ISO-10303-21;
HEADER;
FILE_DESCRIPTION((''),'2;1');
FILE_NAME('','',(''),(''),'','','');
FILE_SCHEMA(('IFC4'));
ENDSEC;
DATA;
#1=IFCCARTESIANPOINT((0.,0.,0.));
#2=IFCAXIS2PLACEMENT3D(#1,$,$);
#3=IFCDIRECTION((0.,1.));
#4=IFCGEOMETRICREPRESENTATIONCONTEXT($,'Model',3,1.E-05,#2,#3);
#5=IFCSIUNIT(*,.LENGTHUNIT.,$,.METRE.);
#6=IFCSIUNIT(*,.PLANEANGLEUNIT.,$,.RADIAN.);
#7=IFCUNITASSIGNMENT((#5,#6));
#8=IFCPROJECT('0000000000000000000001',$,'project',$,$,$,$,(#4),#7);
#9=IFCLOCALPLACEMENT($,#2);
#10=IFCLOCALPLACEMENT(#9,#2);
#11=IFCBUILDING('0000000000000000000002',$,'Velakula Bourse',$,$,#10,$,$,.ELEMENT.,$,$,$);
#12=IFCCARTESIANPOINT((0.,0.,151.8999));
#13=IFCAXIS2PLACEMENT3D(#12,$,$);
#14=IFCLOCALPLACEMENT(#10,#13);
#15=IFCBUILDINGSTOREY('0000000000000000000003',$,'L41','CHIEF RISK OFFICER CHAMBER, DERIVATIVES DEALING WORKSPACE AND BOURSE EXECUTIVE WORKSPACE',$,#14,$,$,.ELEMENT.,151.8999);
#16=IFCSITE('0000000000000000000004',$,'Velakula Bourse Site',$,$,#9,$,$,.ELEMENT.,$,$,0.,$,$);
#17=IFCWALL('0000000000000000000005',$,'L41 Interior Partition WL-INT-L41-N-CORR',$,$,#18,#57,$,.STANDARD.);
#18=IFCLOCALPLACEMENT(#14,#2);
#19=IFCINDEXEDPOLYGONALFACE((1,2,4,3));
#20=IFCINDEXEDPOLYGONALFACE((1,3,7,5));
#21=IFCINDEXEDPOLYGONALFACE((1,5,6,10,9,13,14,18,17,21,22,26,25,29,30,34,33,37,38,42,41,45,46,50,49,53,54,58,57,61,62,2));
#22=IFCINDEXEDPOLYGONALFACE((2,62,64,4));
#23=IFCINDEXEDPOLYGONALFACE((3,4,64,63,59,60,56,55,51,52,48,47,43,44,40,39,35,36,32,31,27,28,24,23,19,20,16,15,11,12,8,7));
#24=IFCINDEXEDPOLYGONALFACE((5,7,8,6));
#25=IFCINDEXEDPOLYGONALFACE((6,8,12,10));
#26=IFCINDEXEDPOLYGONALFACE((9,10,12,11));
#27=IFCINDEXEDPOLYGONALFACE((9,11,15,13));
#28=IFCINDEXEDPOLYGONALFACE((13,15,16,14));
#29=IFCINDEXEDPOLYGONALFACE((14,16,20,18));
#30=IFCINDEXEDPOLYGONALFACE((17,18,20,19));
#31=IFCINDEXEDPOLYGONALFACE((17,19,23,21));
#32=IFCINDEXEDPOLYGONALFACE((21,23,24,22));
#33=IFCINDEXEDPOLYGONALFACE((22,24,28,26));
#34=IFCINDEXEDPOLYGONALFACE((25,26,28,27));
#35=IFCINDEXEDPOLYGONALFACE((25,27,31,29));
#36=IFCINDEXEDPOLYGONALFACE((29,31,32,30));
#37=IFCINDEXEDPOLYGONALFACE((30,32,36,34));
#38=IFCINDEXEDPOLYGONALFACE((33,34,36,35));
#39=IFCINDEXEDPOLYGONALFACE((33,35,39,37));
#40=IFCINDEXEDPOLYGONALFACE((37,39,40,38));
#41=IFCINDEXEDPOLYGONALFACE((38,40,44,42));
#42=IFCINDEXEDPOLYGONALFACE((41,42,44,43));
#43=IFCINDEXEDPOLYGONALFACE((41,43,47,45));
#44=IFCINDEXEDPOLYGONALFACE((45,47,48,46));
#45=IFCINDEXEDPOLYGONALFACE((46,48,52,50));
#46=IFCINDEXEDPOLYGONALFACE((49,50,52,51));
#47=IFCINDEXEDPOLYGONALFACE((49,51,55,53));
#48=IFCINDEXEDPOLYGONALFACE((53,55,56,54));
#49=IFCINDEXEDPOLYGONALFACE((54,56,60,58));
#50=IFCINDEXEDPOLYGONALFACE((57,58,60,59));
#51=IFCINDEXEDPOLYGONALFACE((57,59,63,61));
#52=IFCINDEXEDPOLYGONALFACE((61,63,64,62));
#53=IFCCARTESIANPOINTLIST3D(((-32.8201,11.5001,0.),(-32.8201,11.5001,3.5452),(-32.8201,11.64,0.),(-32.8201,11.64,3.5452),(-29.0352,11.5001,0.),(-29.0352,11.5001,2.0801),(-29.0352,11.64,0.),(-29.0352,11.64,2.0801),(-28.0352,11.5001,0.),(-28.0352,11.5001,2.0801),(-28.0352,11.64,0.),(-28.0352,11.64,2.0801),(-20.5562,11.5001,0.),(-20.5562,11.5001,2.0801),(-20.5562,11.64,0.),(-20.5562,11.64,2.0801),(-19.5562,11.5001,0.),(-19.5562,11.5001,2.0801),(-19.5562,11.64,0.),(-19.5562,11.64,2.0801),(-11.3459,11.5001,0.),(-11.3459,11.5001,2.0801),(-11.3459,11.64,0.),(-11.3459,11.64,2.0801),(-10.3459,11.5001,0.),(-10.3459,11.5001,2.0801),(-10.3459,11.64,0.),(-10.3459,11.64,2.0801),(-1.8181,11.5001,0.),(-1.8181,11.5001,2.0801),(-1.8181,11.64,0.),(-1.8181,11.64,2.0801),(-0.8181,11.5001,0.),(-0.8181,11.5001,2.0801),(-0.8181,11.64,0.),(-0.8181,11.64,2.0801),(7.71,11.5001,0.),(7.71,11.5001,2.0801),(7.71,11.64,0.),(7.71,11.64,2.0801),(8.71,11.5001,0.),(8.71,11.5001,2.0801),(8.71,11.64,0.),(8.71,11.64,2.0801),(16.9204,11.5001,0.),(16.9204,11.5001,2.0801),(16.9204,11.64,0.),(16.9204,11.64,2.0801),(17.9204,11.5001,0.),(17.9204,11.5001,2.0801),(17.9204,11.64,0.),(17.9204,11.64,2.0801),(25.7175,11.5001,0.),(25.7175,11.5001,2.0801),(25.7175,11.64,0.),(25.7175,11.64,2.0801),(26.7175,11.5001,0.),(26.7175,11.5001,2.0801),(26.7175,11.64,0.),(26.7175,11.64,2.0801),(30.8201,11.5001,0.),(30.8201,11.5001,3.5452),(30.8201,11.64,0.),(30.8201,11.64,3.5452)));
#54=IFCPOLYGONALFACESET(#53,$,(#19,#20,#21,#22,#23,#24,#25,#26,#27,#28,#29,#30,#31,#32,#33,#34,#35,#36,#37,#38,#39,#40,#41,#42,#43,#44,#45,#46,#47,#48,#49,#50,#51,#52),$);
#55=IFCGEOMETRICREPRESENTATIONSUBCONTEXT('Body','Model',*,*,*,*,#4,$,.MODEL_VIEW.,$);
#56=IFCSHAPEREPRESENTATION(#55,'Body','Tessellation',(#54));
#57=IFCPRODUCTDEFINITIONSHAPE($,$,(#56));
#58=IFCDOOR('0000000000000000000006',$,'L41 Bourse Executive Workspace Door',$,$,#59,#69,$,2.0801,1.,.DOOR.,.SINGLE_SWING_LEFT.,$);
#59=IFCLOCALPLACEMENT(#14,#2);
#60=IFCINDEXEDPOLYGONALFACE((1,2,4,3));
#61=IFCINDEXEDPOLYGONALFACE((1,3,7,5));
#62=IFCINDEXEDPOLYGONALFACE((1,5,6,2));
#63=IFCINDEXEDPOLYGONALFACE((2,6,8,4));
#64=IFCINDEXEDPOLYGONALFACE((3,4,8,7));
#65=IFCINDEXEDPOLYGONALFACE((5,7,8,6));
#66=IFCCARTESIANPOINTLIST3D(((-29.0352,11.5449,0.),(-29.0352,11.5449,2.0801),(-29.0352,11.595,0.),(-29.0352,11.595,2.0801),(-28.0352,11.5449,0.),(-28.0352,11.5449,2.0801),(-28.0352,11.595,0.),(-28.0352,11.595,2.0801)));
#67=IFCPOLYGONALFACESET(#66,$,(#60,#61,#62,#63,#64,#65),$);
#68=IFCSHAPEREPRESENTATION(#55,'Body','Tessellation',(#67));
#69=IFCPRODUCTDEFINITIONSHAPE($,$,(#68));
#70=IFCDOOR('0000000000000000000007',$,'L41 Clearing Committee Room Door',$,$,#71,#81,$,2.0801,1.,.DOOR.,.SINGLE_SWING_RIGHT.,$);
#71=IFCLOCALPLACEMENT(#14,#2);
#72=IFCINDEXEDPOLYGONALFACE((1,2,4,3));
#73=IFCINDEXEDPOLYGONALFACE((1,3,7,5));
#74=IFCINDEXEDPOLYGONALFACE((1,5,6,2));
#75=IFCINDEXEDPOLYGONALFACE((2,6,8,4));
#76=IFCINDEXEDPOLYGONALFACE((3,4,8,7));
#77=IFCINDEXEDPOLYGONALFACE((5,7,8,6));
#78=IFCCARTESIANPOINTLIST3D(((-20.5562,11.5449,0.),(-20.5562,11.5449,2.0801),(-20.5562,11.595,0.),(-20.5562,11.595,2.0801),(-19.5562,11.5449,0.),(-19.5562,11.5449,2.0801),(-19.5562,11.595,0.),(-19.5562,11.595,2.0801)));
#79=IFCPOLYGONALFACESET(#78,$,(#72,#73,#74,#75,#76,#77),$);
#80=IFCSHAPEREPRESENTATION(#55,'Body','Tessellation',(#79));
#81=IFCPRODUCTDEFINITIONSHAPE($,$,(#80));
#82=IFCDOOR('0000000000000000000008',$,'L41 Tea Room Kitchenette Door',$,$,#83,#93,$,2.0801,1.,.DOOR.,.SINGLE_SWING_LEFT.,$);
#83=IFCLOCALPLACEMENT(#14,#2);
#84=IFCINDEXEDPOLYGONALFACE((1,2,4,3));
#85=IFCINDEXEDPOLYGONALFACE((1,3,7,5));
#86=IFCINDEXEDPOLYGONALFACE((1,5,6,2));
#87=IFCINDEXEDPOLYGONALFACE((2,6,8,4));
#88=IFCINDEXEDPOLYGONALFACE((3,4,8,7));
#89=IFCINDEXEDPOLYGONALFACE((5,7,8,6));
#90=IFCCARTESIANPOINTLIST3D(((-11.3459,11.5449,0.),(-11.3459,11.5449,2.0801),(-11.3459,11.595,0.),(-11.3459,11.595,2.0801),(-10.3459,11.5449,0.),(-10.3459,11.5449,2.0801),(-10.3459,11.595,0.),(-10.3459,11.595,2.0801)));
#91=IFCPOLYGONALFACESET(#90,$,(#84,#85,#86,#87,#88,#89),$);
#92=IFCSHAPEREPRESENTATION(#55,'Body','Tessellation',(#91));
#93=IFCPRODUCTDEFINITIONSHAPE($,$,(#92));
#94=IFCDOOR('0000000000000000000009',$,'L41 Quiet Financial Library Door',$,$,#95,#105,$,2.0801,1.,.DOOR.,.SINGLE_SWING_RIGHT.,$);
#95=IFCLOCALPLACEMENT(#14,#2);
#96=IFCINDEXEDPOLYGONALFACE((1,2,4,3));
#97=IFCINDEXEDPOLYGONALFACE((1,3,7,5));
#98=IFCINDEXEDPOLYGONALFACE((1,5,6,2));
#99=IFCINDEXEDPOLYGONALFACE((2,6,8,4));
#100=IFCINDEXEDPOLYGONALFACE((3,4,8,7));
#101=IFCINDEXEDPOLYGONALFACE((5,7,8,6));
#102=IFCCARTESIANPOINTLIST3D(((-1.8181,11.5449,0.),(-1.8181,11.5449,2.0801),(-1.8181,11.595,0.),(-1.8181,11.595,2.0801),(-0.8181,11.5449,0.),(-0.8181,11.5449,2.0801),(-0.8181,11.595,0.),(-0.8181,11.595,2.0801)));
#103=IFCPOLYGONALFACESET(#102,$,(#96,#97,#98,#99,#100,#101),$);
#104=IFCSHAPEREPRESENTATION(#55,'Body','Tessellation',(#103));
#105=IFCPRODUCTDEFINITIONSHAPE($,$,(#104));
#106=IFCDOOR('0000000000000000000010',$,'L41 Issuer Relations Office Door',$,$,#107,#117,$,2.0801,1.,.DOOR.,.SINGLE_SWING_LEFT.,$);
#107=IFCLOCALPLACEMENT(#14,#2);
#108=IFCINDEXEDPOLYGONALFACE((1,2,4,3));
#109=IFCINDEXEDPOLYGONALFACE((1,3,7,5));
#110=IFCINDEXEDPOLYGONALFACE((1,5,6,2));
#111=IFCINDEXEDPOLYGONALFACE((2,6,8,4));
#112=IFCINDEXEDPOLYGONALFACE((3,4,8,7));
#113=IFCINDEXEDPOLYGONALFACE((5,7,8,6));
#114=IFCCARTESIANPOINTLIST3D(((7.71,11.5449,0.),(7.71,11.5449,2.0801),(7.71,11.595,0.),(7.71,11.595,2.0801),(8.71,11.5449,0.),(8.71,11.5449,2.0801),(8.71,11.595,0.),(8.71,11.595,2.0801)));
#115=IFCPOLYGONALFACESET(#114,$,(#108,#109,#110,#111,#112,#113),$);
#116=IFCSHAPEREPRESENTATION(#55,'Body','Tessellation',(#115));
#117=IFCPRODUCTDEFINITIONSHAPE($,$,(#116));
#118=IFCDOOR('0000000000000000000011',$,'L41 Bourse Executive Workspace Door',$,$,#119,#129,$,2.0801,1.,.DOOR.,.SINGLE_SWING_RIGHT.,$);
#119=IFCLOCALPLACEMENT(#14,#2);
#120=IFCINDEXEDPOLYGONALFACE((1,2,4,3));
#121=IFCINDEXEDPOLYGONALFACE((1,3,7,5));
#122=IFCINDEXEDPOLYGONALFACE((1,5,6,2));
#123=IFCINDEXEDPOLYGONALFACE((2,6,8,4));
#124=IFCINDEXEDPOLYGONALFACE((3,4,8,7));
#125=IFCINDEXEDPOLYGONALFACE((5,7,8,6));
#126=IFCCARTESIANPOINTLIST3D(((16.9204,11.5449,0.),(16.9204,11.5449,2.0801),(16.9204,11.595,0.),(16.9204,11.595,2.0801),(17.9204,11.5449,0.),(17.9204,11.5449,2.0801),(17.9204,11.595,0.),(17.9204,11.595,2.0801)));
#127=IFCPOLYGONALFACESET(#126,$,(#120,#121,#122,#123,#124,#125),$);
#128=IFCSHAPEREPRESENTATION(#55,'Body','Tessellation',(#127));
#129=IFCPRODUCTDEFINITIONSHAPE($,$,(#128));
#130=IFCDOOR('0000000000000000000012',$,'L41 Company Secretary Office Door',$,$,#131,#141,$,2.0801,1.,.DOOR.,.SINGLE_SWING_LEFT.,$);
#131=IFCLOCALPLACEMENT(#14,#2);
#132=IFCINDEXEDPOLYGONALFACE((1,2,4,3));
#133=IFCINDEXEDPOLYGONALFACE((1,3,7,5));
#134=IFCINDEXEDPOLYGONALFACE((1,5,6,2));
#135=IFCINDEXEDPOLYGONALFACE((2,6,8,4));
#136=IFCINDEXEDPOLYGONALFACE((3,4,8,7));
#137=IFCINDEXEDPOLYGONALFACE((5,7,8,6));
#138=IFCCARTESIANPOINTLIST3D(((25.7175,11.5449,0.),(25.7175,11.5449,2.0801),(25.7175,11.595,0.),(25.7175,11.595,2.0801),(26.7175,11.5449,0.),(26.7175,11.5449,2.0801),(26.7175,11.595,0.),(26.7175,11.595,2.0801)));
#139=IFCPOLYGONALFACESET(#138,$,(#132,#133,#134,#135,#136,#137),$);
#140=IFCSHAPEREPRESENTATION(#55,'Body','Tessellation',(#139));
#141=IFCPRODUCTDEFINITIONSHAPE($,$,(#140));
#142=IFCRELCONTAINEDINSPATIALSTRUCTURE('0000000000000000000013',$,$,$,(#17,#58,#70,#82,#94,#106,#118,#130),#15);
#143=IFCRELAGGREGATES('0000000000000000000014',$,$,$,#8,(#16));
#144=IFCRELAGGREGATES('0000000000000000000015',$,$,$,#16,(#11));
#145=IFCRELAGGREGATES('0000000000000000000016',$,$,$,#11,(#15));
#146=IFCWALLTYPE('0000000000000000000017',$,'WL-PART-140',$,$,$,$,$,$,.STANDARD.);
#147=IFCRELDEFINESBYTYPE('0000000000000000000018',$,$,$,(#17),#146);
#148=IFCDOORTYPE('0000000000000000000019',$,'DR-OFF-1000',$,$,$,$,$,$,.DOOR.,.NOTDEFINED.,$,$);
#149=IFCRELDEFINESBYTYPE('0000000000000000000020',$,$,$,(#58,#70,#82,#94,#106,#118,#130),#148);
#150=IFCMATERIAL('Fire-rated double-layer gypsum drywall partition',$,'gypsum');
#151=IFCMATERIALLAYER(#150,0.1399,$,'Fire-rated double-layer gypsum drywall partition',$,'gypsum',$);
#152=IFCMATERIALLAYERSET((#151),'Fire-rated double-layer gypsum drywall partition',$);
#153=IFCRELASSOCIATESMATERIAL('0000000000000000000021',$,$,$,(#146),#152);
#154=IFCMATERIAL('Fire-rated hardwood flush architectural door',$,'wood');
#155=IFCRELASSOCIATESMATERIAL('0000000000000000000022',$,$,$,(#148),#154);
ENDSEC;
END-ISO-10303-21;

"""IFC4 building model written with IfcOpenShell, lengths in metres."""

from ifc_helpers import new_model, si_unit, direction, frame, frame_2d, origin, place, context, subcontext, project, spatial, rectangle, extrude, material, layer, layer_set, type_object, element, fill, save


model = new_model("IFC4")

# Units and contexts
model_context = context("Model", 3, precision=1e-05, world=origin(), true_north=direction((0.0, 1.0)))
body_context = subcontext(model_context, "Body", "Model", "MODEL_VIEW")
ifc_project = project(units=[si_unit("LENGTHUNIT", "METRE"), si_unit("PLANEANGLEUNIT", "RADIAN")], contexts=[model_context])

# Site, building, storey
site_placement = place(None, origin())
site = spatial("IfcSite", under=ifc_project, at=site_placement, Name="Velakula Bourse Site", CompositionType="ELEMENT", RefElevation=0.0)
building_placement = place(site_placement, origin())
building = spatial("IfcBuilding", under=site, at=building_placement, Name="Velakula Bourse", CompositionType="ELEMENT")
storey_placement = place(building_placement, frame((0.0, 0.0, 151.8999)))
storey = spatial("IfcBuildingStorey", under=building, at=storey_placement, Name="L41", Description="CHIEF RISK OFFICER CHAMBER, DERIVATIVES DEALING WORKSPACE AND BOURSE EXECUTIVE WORKSPACE", CompositionType="ELEMENT", Elevation=151.8999)

# Shared definitions
ifc_material_1 = material(Name="Fire-rated double-layer gypsum drywall partition", Category="gypsum")

# Wall, openings, doors
ifc_layer_1 = layer(ifc_material_1, 0.1399, Name="Fire-rated double-layer gypsum drywall partition", Category="gypsum")
ifc_layer_set_1 = layer_set([ifc_layer_1], Name="Fire-rated double-layer gypsum drywall partition")
wall_type_1 = type_object("IfcWallType", Name="WL-PART-140", PredefinedType="STANDARD", material=ifc_layer_set_1)
wall_1_placement = place(storey_placement, frame((-32.8201, 11.5701, 0.0), z_axis=(0.0, 0.0, 1.0), x_axis=(1.0, 0.0, 0.0)))
wall_1 = element("IfcWall", 1, at=wall_1_placement, inside=storey, type_object=wall_type_1, Name="L41 Interior Partition WL-INT-L41-N-CORR", PredefinedType="STANDARD", context=body_context, shape_type="SweptSolid", body=[
    extrude(rectangle(XDim=63.6401, YDim=0.1399, at=frame_2d((31.8201, 0.0))), origin(), (0.0, 0.0, 1.0), 3.5452),
])
opening_1_placement = place(wall_1_placement, frame((3.7849, 0.0, 0.0)))
opening_1 = element("IfcOpeningElement", 2, at=opening_1_placement, cuts=wall_1, PredefinedType="OPENING", context=body_context, shape_type="SweptSolid", body=[
    extrude(rectangle(XDim=1.0, YDim=2.0801, at=frame_2d((0.5, 1.04))), frame((0.0, 0.0798, 0.0), z_axis=(0.0, -1.0, 0.0), x_axis=(1.0, 0.0, 0.0)), (0.0, 0.0, 1.0), 0.1599),
])
opening_2_placement = place(wall_1_placement, frame((12.2639, 0.0, 0.0)))
opening_2 = element("IfcOpeningElement", 3, at=opening_2_placement, cuts=wall_1, PredefinedType="OPENING", context=body_context, shape_type="SweptSolid", body=[
    extrude(rectangle(XDim=1.0, YDim=2.0801, at=frame_2d((0.5, 1.04))), frame((0.0, 0.0798, 0.0), z_axis=(0.0, -1.0, 0.0), x_axis=(1.0, 0.0, 0.0)), (0.0, 0.0, 1.0), 0.1599),
])
opening_3_placement = place(wall_1_placement, frame((21.4741, 0.0, 0.0)))
opening_3 = element("IfcOpeningElement", 4, at=opening_3_placement, cuts=wall_1, PredefinedType="OPENING", context=body_context, shape_type="SweptSolid", body=[
    extrude(rectangle(XDim=1.0, YDim=2.0801, at=frame_2d((0.5, 1.04))), frame((0.0, 0.0798, 0.0), z_axis=(0.0, -1.0, 0.0), x_axis=(1.0, 0.0, 0.0)), (0.0, 0.0, 1.0), 0.1599),
])
opening_4_placement = place(wall_1_placement, frame((31.002, 0.0, 0.0)))
opening_4 = element("IfcOpeningElement", 5, at=opening_4_placement, cuts=wall_1, PredefinedType="OPENING", context=body_context, shape_type="SweptSolid", body=[
    extrude(rectangle(XDim=1.0, YDim=2.0801, at=frame_2d((0.5, 1.04))), frame((0.0, 0.0798, 0.0), z_axis=(0.0, -1.0, 0.0), x_axis=(1.0, 0.0, 0.0)), (0.0, 0.0, 1.0), 0.1599),
])
opening_5_placement = place(wall_1_placement, frame((40.53, 0.0, 0.0)))
opening_5 = element("IfcOpeningElement", 6, at=opening_5_placement, cuts=wall_1, PredefinedType="OPENING", context=body_context, shape_type="SweptSolid", body=[
    extrude(rectangle(XDim=1.0, YDim=2.0801, at=frame_2d((0.5, 1.04))), frame((0.0, 0.0798, 0.0), z_axis=(0.0, -1.0, 0.0), x_axis=(1.0, 0.0, 0.0)), (0.0, 0.0, 1.0), 0.1599),
])
opening_6_placement = place(wall_1_placement, frame((49.7405, 0.0, 0.0)))
opening_6 = element("IfcOpeningElement", 7, at=opening_6_placement, cuts=wall_1, PredefinedType="OPENING", context=body_context, shape_type="SweptSolid", body=[
    extrude(rectangle(XDim=1.0, YDim=2.0801, at=frame_2d((0.5, 1.04))), frame((0.0, 0.0798, 0.0), z_axis=(0.0, -1.0, 0.0), x_axis=(1.0, 0.0, 0.0)), (0.0, 0.0, 1.0), 0.1599),
])
opening_7_placement = place(wall_1_placement, frame((58.5376, 0.0, 0.0)))
opening_7 = element("IfcOpeningElement", 8, at=opening_7_placement, cuts=wall_1, PredefinedType="OPENING", context=body_context, shape_type="SweptSolid", body=[
    extrude(rectangle(XDim=1.0, YDim=2.0801, at=frame_2d((0.5, 1.04))), frame((0.0, 0.0798, 0.0), z_axis=(0.0, -1.0, 0.0), x_axis=(1.0, 0.0, 0.0)), (0.0, 0.0, 1.0), 0.1599),
])
ifc_material_2 = material(Name="Fire-rated hardwood flush architectural door", Category="wood")
door_type = type_object("IfcDoorType", Name="DR-OFF-1000", OperationType="NOTDEFINED", PredefinedType="DOOR", material=ifc_material_2)
door_1_placement = place(opening_1_placement, origin())
door_1 = element("IfcDoor", 9, at=door_1_placement, inside=storey, type_object=door_type, Name="L41 Bourse Executive Workspace Door", OperationType="SINGLE_SWING_LEFT", OverallHeight=2.0801, OverallWidth=1.0, PredefinedType="DOOR", context=body_context, shape_type="SweptSolid", body=[
    extrude(rectangle(XDim=1.0, YDim=2.0801, at=frame_2d((0.5, 1.04))), frame((0.0, 0.0249, 0.0), z_axis=(0.0, -1.0, 0.0), x_axis=(1.0, 0.0, 0.0)), (0.0, 0.0, 1.0), 0.05),
])
fill(opening_1, door_1)
door_2_placement = place(opening_2_placement, origin())
door_2 = element("IfcDoor", 10, at=door_2_placement, inside=storey, type_object=door_type, Name="L41 Clearing Committee Room Door", OperationType="SINGLE_SWING_RIGHT", OverallHeight=2.0801, OverallWidth=1.0, PredefinedType="DOOR", context=body_context, shape_type="SweptSolid", body=[
    extrude(rectangle(XDim=1.0, YDim=2.0801, at=frame_2d((0.5, 1.04))), frame((0.0, 0.0249, 0.0), z_axis=(0.0, -1.0, 0.0), x_axis=(1.0, 0.0, 0.0)), (0.0, 0.0, 1.0), 0.05),
])
fill(opening_2, door_2)
door_3_placement = place(opening_3_placement, origin())
door_3 = element("IfcDoor", 11, at=door_3_placement, inside=storey, type_object=door_type, Name="L41 Tea Room Kitchenette Door", OperationType="SINGLE_SWING_LEFT", OverallHeight=2.0801, OverallWidth=1.0, PredefinedType="DOOR", context=body_context, shape_type="SweptSolid", body=[
    extrude(rectangle(XDim=1.0, YDim=2.0801, at=frame_2d((0.5, 1.04))), frame((0.0, 0.0249, 0.0), z_axis=(0.0, -1.0, 0.0), x_axis=(1.0, 0.0, 0.0)), (0.0, 0.0, 1.0), 0.05),
])
fill(opening_3, door_3)
door_4_placement = place(opening_4_placement, origin())
door_4 = element("IfcDoor", 12, at=door_4_placement, inside=storey, type_object=door_type, Name="L41 Quiet Financial Library Door", OperationType="SINGLE_SWING_RIGHT", OverallHeight=2.0801, OverallWidth=1.0, PredefinedType="DOOR", context=body_context, shape_type="SweptSolid", body=[
    extrude(rectangle(XDim=1.0, YDim=2.0801, at=frame_2d((0.5, 1.04))), frame((0.0, 0.0249, 0.0), z_axis=(0.0, -1.0, 0.0), x_axis=(1.0, 0.0, 0.0)), (0.0, 0.0, 1.0), 0.05),
])
fill(opening_4, door_4)
door_5_placement = place(opening_5_placement, origin())
door_5 = element("IfcDoor", 13, at=door_5_placement, inside=storey, type_object=door_type, Name="L41 Issuer Relations Office Door", OperationType="SINGLE_SWING_LEFT", OverallHeight=2.0801, OverallWidth=1.0, PredefinedType="DOOR", context=body_context, shape_type="SweptSolid", body=[
    extrude(rectangle(XDim=1.0, YDim=2.0801, at=frame_2d((0.5, 1.04))), frame((0.0, 0.0249, 0.0), z_axis=(0.0, -1.0, 0.0), x_axis=(1.0, 0.0, 0.0)), (0.0, 0.0, 1.0), 0.05),
])
fill(opening_5, door_5)
door_6_placement = place(opening_6_placement, origin())
door_6 = element("IfcDoor", 14, at=door_6_placement, inside=storey, type_object=door_type, Name="L41 Bourse Executive Workspace Door", OperationType="SINGLE_SWING_RIGHT", OverallHeight=2.0801, OverallWidth=1.0, PredefinedType="DOOR", context=body_context, shape_type="SweptSolid", body=[
    extrude(rectangle(XDim=1.0, YDim=2.0801, at=frame_2d((0.5, 1.04))), frame((0.0, 0.0249, 0.0), z_axis=(0.0, -1.0, 0.0), x_axis=(1.0, 0.0, 0.0)), (0.0, 0.0, 1.0), 0.05),
])
fill(opening_6, door_6)
door_7_placement = place(opening_7_placement, origin())
door_7 = element("IfcDoor", 15, at=door_7_placement, inside=storey, type_object=door_type, Name="L41 Company Secretary Office Door", OperationType="SINGLE_SWING_LEFT", OverallHeight=2.0801, OverallWidth=1.0, PredefinedType="DOOR", context=body_context, shape_type="SweptSolid", body=[
    extrude(rectangle(XDim=1.0, YDim=2.0801, at=frame_2d((0.5, 1.04))), frame((0.0, 0.0249, 0.0), z_axis=(0.0, -1.0, 0.0), x_axis=(1.0, 0.0, 0.0)), (0.0, 0.0, 1.0), 0.05),
])
fill(opening_7, door_7)

save(model, "model.ifc")
